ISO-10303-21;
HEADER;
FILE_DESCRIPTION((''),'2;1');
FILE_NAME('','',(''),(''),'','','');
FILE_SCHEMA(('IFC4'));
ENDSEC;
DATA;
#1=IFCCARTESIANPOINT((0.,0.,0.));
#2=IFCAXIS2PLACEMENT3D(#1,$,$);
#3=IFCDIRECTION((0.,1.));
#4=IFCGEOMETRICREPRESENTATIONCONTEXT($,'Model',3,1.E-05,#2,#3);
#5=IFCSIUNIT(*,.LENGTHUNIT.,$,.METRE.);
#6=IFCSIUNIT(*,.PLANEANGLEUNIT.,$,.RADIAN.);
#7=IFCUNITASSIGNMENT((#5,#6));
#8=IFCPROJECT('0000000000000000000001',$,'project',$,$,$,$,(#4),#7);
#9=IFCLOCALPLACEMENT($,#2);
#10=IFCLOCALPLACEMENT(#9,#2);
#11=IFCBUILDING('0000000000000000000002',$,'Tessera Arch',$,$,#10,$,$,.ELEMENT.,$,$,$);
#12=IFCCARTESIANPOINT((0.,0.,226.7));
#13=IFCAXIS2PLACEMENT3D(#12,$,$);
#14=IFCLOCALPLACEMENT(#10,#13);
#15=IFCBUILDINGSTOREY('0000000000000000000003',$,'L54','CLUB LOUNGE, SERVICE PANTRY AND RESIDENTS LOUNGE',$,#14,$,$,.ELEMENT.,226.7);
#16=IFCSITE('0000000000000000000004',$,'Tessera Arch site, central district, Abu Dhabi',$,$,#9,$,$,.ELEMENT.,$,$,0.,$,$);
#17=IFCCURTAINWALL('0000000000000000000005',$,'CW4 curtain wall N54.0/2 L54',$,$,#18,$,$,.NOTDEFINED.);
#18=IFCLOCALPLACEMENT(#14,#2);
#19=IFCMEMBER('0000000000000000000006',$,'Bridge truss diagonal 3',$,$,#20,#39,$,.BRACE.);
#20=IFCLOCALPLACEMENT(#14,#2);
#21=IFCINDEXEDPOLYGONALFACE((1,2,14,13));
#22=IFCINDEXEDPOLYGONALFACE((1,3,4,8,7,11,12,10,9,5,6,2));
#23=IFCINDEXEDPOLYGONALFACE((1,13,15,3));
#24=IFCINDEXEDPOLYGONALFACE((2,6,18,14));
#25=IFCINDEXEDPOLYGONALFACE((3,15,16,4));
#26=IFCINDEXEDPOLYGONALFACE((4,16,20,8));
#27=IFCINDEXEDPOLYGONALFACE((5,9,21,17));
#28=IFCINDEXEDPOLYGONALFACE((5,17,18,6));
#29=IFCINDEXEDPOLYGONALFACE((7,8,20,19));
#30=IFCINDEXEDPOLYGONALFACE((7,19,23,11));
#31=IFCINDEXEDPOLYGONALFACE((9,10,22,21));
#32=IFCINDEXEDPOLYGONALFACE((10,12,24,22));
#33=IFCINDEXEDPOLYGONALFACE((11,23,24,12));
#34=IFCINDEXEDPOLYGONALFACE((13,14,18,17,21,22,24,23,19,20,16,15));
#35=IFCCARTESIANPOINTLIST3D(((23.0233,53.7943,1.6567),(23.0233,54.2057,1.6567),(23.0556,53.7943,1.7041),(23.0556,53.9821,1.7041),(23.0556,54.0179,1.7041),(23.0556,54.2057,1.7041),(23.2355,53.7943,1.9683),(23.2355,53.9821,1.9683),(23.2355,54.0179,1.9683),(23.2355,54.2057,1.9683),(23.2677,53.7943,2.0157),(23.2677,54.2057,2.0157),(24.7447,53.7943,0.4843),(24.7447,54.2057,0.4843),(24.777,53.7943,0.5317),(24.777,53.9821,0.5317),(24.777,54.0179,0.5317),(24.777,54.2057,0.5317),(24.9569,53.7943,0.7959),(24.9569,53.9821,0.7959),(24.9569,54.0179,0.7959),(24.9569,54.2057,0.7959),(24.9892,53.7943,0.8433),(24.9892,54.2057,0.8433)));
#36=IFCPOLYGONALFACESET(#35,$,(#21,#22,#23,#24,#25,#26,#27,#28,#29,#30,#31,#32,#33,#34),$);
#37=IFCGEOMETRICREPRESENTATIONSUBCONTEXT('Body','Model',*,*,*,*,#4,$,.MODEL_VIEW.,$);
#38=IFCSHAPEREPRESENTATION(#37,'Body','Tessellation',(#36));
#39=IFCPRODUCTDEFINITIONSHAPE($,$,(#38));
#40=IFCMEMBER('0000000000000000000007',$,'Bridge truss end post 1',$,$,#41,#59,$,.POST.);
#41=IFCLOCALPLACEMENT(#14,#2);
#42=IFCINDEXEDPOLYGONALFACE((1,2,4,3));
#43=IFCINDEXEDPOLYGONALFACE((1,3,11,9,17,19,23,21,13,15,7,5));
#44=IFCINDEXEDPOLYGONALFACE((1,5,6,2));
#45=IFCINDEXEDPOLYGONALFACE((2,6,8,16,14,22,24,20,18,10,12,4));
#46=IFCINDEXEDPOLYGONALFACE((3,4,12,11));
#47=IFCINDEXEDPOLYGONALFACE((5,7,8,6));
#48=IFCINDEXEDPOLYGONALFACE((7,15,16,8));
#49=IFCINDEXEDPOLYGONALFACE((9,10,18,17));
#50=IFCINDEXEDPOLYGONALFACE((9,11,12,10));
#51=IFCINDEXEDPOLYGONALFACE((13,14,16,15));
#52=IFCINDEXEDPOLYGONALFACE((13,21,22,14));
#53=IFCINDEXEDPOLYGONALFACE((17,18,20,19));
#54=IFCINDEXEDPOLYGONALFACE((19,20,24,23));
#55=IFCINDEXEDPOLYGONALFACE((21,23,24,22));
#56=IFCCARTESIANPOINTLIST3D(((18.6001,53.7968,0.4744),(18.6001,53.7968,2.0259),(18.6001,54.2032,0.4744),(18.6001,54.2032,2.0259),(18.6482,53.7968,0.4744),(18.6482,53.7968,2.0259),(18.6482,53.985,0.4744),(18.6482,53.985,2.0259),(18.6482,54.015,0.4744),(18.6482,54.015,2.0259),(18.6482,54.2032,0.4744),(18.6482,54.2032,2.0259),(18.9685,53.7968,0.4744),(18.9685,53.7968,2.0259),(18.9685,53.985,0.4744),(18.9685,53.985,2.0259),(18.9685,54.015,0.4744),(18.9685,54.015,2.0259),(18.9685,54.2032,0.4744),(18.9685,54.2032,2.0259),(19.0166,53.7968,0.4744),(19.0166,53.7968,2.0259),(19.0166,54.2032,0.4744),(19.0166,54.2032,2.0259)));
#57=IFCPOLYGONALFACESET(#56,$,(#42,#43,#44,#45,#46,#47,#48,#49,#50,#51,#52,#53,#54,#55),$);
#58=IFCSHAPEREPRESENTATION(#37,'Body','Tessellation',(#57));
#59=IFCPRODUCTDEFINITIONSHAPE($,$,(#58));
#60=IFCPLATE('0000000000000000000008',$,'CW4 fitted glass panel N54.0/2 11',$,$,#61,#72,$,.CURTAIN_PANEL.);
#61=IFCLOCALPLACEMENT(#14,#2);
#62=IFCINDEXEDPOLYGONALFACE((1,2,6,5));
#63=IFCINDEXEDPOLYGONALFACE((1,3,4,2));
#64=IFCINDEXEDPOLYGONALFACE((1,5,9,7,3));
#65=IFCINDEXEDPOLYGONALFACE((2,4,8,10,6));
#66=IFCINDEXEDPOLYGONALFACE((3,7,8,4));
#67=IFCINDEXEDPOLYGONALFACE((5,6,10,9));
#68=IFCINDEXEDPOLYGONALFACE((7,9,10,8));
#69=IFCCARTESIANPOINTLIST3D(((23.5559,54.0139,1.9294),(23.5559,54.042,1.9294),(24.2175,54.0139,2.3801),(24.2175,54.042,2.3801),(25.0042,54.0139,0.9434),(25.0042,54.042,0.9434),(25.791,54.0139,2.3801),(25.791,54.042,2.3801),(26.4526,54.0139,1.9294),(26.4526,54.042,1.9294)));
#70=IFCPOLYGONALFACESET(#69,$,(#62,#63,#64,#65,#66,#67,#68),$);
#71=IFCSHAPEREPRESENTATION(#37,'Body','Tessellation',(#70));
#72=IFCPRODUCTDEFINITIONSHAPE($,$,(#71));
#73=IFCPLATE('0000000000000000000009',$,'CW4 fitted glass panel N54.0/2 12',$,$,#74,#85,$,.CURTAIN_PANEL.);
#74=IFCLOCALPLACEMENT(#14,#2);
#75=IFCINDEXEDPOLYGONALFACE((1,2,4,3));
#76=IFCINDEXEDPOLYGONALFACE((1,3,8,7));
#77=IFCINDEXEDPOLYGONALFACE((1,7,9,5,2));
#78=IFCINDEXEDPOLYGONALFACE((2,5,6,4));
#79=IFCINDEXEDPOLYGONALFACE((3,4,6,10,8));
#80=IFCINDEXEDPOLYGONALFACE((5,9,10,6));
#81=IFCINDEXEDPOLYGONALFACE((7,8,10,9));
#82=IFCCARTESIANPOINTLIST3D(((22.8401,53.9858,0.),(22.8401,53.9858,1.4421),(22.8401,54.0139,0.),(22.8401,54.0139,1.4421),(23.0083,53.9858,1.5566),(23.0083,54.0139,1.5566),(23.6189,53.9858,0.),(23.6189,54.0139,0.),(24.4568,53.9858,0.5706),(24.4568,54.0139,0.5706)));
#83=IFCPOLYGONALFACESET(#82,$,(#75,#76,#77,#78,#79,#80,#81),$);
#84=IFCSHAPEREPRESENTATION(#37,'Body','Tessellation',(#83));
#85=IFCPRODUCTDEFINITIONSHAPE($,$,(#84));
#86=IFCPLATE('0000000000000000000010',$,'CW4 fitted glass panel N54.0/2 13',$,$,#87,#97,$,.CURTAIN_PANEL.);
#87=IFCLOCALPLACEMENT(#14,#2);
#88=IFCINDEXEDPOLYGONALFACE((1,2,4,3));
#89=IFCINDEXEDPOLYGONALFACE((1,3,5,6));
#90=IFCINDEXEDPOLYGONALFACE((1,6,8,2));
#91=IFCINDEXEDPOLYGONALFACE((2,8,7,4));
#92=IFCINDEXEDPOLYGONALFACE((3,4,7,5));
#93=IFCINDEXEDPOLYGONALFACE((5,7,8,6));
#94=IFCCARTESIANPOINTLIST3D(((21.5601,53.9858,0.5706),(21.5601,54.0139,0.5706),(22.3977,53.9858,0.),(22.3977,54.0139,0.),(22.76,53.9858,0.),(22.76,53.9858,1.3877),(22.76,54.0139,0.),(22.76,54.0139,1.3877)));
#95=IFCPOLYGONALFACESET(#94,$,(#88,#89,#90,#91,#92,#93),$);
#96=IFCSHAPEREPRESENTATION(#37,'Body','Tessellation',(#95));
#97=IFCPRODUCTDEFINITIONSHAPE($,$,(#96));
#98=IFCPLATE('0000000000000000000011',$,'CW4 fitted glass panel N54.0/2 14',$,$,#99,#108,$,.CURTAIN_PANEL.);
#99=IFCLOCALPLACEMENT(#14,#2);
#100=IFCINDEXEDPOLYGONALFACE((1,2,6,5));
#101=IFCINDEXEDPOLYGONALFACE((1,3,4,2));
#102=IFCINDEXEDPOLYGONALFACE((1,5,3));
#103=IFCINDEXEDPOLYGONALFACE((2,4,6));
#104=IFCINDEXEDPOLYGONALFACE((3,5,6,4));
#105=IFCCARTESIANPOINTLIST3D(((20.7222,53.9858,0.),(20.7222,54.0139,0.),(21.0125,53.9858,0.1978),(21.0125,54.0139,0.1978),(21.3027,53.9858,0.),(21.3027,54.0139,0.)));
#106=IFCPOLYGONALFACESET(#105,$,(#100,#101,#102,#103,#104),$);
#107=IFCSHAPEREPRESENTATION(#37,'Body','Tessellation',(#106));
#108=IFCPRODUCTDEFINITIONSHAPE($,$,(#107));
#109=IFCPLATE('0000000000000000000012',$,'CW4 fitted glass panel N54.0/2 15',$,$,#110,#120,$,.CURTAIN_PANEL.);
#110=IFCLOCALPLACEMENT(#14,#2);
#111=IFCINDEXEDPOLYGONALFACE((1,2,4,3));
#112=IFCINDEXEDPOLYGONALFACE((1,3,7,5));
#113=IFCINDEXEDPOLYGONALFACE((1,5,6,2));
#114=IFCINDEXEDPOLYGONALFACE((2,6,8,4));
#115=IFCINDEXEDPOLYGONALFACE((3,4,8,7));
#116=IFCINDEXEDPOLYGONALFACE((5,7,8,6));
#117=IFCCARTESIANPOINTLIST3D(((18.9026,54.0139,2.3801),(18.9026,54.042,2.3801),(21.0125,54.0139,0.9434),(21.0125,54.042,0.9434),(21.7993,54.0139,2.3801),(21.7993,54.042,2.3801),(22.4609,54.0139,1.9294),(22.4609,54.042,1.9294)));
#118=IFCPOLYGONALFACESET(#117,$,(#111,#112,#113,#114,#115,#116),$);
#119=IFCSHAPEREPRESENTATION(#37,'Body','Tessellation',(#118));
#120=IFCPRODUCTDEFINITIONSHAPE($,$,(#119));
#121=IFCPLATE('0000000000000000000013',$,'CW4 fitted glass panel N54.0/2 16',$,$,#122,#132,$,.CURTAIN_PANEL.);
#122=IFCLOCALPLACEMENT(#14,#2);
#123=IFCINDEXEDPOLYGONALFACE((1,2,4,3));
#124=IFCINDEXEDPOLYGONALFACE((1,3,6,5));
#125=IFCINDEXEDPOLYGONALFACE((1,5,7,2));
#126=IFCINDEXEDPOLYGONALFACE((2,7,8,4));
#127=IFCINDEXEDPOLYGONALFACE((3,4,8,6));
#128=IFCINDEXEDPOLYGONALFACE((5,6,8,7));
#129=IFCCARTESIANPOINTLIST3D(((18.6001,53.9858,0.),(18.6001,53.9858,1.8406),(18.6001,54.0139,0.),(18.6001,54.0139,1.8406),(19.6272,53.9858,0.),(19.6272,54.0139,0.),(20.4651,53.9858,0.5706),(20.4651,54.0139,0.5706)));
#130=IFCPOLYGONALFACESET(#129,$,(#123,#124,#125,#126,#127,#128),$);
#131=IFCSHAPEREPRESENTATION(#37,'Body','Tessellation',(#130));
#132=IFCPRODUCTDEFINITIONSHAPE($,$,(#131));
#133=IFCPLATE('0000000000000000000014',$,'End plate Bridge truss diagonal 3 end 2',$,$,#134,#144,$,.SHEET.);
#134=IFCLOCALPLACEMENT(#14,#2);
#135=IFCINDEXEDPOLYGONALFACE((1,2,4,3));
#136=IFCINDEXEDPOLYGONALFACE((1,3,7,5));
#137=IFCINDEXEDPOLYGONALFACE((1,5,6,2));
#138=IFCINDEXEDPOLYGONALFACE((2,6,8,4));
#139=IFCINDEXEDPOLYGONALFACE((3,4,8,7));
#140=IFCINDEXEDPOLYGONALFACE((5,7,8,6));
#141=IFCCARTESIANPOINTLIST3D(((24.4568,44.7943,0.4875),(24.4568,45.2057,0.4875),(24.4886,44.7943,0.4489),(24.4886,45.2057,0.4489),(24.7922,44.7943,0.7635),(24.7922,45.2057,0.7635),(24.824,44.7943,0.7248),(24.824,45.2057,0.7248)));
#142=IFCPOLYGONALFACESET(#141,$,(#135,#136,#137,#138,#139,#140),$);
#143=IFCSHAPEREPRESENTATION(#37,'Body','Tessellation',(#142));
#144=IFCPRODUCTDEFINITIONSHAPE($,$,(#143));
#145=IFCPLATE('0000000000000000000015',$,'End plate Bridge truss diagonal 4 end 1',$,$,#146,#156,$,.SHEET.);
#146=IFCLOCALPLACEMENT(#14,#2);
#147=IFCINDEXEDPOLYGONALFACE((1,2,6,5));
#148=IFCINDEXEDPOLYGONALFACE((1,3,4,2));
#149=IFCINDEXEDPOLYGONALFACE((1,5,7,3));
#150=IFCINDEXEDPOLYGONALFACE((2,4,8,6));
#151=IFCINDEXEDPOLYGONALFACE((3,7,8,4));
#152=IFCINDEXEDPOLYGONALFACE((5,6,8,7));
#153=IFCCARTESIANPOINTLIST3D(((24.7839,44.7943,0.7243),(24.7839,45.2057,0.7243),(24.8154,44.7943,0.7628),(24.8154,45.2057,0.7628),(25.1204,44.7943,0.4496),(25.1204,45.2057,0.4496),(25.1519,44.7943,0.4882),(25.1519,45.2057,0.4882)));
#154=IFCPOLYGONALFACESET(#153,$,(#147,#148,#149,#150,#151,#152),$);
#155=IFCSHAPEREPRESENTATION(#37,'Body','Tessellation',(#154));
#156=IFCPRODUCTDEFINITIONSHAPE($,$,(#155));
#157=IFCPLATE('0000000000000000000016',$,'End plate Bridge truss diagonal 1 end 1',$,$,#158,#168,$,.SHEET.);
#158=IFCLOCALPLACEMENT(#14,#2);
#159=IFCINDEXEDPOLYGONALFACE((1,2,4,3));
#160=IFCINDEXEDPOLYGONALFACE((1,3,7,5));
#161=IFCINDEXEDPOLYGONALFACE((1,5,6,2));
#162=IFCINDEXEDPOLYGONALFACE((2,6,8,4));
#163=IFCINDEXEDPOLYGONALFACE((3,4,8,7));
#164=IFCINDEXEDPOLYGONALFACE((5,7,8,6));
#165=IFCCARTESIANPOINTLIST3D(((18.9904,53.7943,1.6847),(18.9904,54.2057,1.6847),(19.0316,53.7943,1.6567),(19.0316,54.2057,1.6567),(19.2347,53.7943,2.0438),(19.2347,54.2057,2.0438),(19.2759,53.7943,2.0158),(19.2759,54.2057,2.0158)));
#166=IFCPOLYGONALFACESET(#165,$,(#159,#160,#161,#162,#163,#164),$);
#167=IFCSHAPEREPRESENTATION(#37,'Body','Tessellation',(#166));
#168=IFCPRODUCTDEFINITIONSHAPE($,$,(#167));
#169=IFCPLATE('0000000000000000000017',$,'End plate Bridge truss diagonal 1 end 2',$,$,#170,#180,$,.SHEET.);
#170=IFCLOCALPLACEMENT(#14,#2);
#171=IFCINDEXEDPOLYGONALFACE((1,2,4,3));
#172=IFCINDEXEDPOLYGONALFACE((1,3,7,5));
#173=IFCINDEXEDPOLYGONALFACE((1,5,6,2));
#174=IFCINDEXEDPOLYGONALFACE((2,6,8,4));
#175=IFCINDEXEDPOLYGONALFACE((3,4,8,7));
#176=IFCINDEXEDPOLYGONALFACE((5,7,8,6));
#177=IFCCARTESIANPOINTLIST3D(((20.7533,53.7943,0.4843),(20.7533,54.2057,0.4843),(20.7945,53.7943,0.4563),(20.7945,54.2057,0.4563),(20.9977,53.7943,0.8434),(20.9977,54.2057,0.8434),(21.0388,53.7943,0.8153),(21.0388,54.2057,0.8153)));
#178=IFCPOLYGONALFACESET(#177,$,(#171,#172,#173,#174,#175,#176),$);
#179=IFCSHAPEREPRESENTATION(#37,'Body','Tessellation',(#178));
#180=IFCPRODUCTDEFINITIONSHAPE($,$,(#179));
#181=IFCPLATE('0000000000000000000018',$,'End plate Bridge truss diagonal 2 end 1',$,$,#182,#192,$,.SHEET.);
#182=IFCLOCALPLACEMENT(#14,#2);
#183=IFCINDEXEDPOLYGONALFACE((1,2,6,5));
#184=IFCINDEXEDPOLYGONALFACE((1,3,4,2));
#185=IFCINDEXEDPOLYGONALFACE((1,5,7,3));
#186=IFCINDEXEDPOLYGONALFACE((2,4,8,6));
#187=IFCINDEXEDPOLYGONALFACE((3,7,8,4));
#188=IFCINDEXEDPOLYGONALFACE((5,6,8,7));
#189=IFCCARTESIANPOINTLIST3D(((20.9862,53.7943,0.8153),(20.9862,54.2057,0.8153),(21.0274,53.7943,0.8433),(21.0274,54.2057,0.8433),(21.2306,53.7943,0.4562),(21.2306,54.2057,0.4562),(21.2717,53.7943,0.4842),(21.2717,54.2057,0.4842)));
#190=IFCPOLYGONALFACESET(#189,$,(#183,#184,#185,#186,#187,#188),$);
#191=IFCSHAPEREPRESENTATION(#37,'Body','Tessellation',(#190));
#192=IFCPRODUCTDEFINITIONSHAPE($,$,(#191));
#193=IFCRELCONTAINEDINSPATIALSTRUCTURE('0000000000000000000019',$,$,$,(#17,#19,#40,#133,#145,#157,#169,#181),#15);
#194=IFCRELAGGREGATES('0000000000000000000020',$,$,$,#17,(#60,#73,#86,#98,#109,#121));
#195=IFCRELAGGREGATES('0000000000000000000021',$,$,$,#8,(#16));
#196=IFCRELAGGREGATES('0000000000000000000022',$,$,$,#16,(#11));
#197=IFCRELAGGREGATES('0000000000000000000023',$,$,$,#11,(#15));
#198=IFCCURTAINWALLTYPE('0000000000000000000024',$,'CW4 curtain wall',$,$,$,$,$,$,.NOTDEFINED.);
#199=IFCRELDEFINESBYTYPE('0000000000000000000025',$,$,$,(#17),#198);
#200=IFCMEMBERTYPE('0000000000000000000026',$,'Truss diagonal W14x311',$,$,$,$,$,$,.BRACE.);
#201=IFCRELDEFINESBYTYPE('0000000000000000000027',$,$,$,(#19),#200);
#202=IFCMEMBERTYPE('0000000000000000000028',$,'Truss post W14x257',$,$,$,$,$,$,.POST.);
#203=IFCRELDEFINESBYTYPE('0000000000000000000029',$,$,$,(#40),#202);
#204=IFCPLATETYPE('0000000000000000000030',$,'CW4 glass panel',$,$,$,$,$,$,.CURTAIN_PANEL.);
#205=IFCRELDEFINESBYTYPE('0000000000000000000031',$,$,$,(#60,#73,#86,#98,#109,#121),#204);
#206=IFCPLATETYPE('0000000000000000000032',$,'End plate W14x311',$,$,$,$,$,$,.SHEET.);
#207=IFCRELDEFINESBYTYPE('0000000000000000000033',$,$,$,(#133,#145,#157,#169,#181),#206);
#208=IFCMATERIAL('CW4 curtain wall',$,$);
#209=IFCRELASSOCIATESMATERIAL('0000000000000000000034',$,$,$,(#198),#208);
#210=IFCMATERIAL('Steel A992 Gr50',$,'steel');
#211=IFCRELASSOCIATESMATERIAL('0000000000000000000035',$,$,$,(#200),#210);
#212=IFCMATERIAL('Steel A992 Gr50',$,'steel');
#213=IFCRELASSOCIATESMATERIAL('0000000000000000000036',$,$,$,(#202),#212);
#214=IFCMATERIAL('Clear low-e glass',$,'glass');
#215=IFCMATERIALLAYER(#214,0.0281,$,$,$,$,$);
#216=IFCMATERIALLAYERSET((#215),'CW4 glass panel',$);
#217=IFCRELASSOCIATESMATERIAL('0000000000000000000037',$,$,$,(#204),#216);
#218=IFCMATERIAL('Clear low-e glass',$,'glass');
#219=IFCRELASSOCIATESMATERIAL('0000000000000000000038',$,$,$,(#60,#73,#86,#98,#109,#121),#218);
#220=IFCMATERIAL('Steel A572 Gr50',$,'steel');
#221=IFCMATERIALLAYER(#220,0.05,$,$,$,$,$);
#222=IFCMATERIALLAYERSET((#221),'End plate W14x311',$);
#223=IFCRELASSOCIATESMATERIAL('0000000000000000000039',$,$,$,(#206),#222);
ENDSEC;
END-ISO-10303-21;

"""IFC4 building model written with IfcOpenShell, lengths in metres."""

from ifc_helpers import new_model, si_unit, direction, frame, origin, origin_2d, place, context, subcontext, project, spatial, polyline, rectangle, i_section, outline, extrude, material, layer, layer_set, material_profile, profile_set, type_object, element, aggregate, save


model = new_model("IFC4")

# Units and contexts
model_context = context("Model", 3, precision=1e-05, world=origin(), true_north=direction((0.0, 1.0)))
body_context = subcontext(model_context, "Body", "Model", "MODEL_VIEW")
ifc_project = project(units=[si_unit("LENGTHUNIT", "METRE"), si_unit("PLANEANGLEUNIT", "RADIAN")], contexts=[model_context])

# Site, building, storey
site_placement = place(None, origin())
site = spatial("IfcSite", under=ifc_project, at=site_placement, Name="Tessera Arch site, central district, Abu Dhabi", CompositionType="ELEMENT", RefElevation=0.0)
building_placement = place(site_placement, origin())
building = spatial("IfcBuilding", under=site, at=building_placement, Name="Tessera Arch", CompositionType="ELEMENT")
storey_placement = place(building_placement, frame((0.0, 0.0, 226.7)))
storey = spatial("IfcBuildingStorey", under=building, at=storey_placement, Name="L54", Description="CLUB LOUNGE, SERVICE PANTRY AND RESIDENTS LOUNGE", CompositionType="ELEMENT", Elevation=226.7)

# Curtain wall
ifc_material_1 = material(Name="CW4 curtain wall")
curtain_wall_type = type_object("IfcCurtainWallType", Name="CW4 curtain wall", PredefinedType="NOTDEFINED", material=ifc_material_1)
curtain_wall_placement = place(storey_placement, origin())
curtain_wall = element("IfcCurtainWall", 1, at=curtain_wall_placement, inside=storey, type_object=curtain_wall_type, Name="CW4 curtain wall N54.0/2 L54", PredefinedType="NOTDEFINED")

# Members
ifc_material_2 = material(Name="Steel A992 Gr50", Category="steel")
ifc_material_profile_1 = material_profile(ifc_material_2, i_section(OverallWidth=0.4114, OverallDepth=0.4343, WebThickness=0.0359, FlangeThickness=0.0574, at=origin_2d()), Name="W14x311")
ifc_profile_set_1 = profile_set([ifc_material_profile_1], Name="Steel A992 Gr50")
member_type_1 = type_object("IfcMemberType", Name="Truss diagonal W14x311", PredefinedType="BRACE", material=ifc_profile_set_1)
member_1_placement = place(storey_placement, frame((23.1455, 54.0, 1.8362), z_axis=(0.826527, 0.0, -0.562897), x_axis=(0.0, 1.0, 0.0)))
element("IfcMember", 2, at=member_1_placement, inside=storey, type_object=member_type_1, Name="Bridge truss diagonal 3", PredefinedType="BRACE", context=body_context, shape_type="SweptSolid", body=[
    extrude(i_section(OverallWidth=0.4114, OverallDepth=0.4343, WebThickness=0.0359, FlangeThickness=0.0574, at=origin_2d()), origin(), (0.0, 0.0, 1.0), 2.0828),
])
ifc_material_3 = material(Name="Steel A992 Gr50", Category="steel")
ifc_material_profile_2 = material_profile(ifc_material_3, i_section(OverallWidth=0.4065, OverallDepth=0.4165, WebThickness=0.03, FlangeThickness=0.0481, at=origin_2d()), Name="W14x257")
ifc_profile_set_2 = profile_set([ifc_material_profile_2], Name="Steel A992 Gr50")
member_type_2 = type_object("IfcMemberType", Name="Truss post W14x257", PredefinedType="POST", material=ifc_profile_set_2)
member_2_placement = place(storey_placement, frame((18.8083, 54.0, 0.4744), z_axis=(0.0, 0.0, 1.0), x_axis=(0.0, 1.0, 0.0)))
element("IfcMember", 3, at=member_2_placement, inside=storey, type_object=member_type_2, Name="Bridge truss end post 1", PredefinedType="POST", context=body_context, shape_type="SweptSolid", body=[
    extrude(i_section(OverallWidth=0.4065, OverallDepth=0.4165, WebThickness=0.03, FlangeThickness=0.0481, at=origin_2d()), origin(), (0.0, 0.0, 1.0), 1.5515),
])

# Plates
ifc_material_4 = material(Name="Clear low-e glass", Category="glass")
ifc_material_5 = material(Name="Clear low-e glass", Category="glass")
ifc_layer_1 = layer(ifc_material_5, 0.0281)
ifc_layer_set_1 = layer_set([ifc_layer_1], Name="CW4 glass panel")
plate_type_1 = type_object("IfcPlateType", Name="CW4 glass panel", PredefinedType="CURTAIN_PANEL", material=ifc_layer_set_1)
plate_1_placement = place(storey_placement, frame((24.2175, 54.042, 2.3801), z_axis=(0.0, 1.0, 0.0), x_axis=(1.0, 0.0, 0.0)))
plate_1 = element("IfcPlate", 4, at=plate_1_placement, type_object=plate_type_1, material=ifc_material_4, Name="CW4 fitted glass panel N54.0/2 11", PredefinedType="CURTAIN_PANEL", context=body_context, shape_type="SweptSolid", body=[
    extrude(outline(polyline([(0.0, 0.0), (1.5735, 0.0), (2.2351, 0.4507), (0.7866, 1.4368), (-0.6616, 0.4507), (0.0, 0.0)])), origin(), (0.0, 0.0, -1.0), 0.0281),
])
plate_2_placement = place(storey_placement, frame((22.8401, 54.0139, 0.0), z_axis=(0.0, 1.0, 0.0), x_axis=(0.0, 0.0, 1.0)))
plate_2 = element("IfcPlate", 5, at=plate_2_placement, type_object=plate_type_1, material=ifc_material_4, Name="CW4 fitted glass panel N54.0/2 12", PredefinedType="CURTAIN_PANEL", context=body_context, shape_type="SweptSolid", body=[
    extrude(outline(polyline([(0.0, 0.0), (1.4421, 0.0), (1.5566, 0.1682), (0.5706, 1.6167), (0.0, 0.7788), (0.0, 0.0)])), origin(), (0.0, 0.0, -1.0), 0.0281),
])
plate_3_placement = place(storey_placement, frame((22.76, 54.0139, 0.0), z_axis=(0.0, 1.0, 0.0), x_axis=(-1.0, 0.0, 0.0)))
plate_3 = element("IfcPlate", 6, at=plate_3_placement, type_object=plate_type_1, material=ifc_material_4, Name="CW4 fitted glass panel N54.0/2 13", PredefinedType="CURTAIN_PANEL", context=body_context, shape_type="SweptSolid", body=[
    extrude(outline(polyline([(0.0, 0.0), (0.3623, 0.0), (1.2, 0.5706), (0.0, 1.3877), (0.0, 0.0)])), origin(), (0.0, 0.0, -1.0), 0.0281),
])
plate_4_placement = place(storey_placement, frame((21.3027, 54.0139, 0.0), z_axis=(0.0, 1.0, 0.0), x_axis=(-1.0, 0.0, 0.0)))
plate_4 = element("IfcPlate", 7, at=plate_4_placement, type_object=plate_type_1, material=ifc_material_4, Name="CW4 fitted glass panel N54.0/2 14", PredefinedType="CURTAIN_PANEL", context=body_context, shape_type="SweptSolid", body=[
    extrude(outline(polyline([(0.0, 0.0), (0.5806, 0.0), (0.2903, 0.1978), (0.0, 0.0)])), origin(), (0.0, 0.0, -1.0), 0.0281),
])
plate_5_placement = place(storey_placement, frame((18.9026, 54.042, 2.3801), z_axis=(0.0, 1.0, 0.0), x_axis=(1.0, 0.0, 0.0)))
plate_5 = element("IfcPlate", 8, at=plate_5_placement, type_object=plate_type_1, material=ifc_material_4, Name="CW4 fitted glass panel N54.0/2 15", PredefinedType="CURTAIN_PANEL", context=body_context, shape_type="SweptSolid", body=[
    extrude(outline(polyline([(0.0, 0.0), (2.8967, 0.0), (3.5583, 0.4507), (2.1099, 1.4368), (0.0, 0.0)])), origin(), (0.0, 0.0, -1.0), 0.0281),
])
plate_6_placement = place(storey_placement, frame((18.6001, 54.0139, 0.0), z_axis=(0.0, 1.0, 0.0), x_axis=(0.0, 0.0, 1.0)))
plate_6 = element("IfcPlate", 9, at=plate_6_placement, type_object=plate_type_1, material=ifc_material_4, Name="CW4 fitted glass panel N54.0/2 16", PredefinedType="CURTAIN_PANEL", context=body_context, shape_type="SweptSolid", body=[
    extrude(outline(polyline([(0.0, 0.0), (1.8406, 0.0), (0.5706, 1.865), (0.0, 1.0271), (0.0, 0.0)])), origin(), (0.0, 0.0, -1.0), 0.0281),
])
aggregate(curtain_wall, [plate_1, plate_2, plate_3, plate_4, plate_5, plate_6])

# Plates
ifc_material_6 = material(Name="Steel A572 Gr50", Category="steel")
ifc_layer_2 = layer(ifc_material_6, 0.05)
ifc_layer_set_2 = layer_set([ifc_layer_2], Name="End plate W14x311")
plate_type_2 = type_object("IfcPlateType", Name="End plate W14x311", PredefinedType="SHEET", material=ifc_layer_set_2)
plate_7_placement = place(storey_placement, frame((24.6245, 45.0, 0.6255), z_axis=(0.635365, 0.0, -0.772212), x_axis=(0.0, 1.0, 0.0)))
element("IfcPlate", 10, at=plate_7_placement, inside=storey, type_object=plate_type_2, Name="End plate Bridge truss diagonal 3 end 2", PredefinedType="SHEET", context=body_context, shape_type="SweptSolid", body=[
    extrude(rectangle(XDim=0.4114, YDim=0.4343, at=origin_2d()), origin(), (0.0, 0.0, 1.0), 0.05),
])
for number, where, z_axis, x_axis, name in (
    (11, (24.9521, 45.0, 0.5869), (0.632437, 0.0, 0.774612), (0.0, 1.0, 0.0), "End plate Bridge truss diagonal 4 end 1"),
    (12, (19.1125, 54.0, 1.8643), (0.826744, 0.0, -0.562578), (0.0, 1.0, 0.0), "End plate Bridge truss diagonal 1 end 1"),
    (13, (20.8755, 54.0, 0.6638), (0.826744, 0.0, -0.562578), (0.0, 1.0, 0.0), "End plate Bridge truss diagonal 1 end 2"),
    (14, (21.1084, 54.0, 0.6357), (0.826744, 0.0, 0.562578), (0.0, 1.0, 0.0), "End plate Bridge truss diagonal 2 end 1"),
):
    element("IfcPlate", number, at=place(storey_placement, frame(where, z_axis=z_axis, x_axis=x_axis)), inside=storey, type_object=plate_type_2, Name=name, PredefinedType="SHEET", context=body_context, shape_type="SweptSolid", body=[
        extrude(rectangle(XDim=0.4114, YDim=0.4343, at=origin_2d()), origin(), (0.0, 0.0, 1.0), 0.0498),
    ])

save(model, "model.ifc")
